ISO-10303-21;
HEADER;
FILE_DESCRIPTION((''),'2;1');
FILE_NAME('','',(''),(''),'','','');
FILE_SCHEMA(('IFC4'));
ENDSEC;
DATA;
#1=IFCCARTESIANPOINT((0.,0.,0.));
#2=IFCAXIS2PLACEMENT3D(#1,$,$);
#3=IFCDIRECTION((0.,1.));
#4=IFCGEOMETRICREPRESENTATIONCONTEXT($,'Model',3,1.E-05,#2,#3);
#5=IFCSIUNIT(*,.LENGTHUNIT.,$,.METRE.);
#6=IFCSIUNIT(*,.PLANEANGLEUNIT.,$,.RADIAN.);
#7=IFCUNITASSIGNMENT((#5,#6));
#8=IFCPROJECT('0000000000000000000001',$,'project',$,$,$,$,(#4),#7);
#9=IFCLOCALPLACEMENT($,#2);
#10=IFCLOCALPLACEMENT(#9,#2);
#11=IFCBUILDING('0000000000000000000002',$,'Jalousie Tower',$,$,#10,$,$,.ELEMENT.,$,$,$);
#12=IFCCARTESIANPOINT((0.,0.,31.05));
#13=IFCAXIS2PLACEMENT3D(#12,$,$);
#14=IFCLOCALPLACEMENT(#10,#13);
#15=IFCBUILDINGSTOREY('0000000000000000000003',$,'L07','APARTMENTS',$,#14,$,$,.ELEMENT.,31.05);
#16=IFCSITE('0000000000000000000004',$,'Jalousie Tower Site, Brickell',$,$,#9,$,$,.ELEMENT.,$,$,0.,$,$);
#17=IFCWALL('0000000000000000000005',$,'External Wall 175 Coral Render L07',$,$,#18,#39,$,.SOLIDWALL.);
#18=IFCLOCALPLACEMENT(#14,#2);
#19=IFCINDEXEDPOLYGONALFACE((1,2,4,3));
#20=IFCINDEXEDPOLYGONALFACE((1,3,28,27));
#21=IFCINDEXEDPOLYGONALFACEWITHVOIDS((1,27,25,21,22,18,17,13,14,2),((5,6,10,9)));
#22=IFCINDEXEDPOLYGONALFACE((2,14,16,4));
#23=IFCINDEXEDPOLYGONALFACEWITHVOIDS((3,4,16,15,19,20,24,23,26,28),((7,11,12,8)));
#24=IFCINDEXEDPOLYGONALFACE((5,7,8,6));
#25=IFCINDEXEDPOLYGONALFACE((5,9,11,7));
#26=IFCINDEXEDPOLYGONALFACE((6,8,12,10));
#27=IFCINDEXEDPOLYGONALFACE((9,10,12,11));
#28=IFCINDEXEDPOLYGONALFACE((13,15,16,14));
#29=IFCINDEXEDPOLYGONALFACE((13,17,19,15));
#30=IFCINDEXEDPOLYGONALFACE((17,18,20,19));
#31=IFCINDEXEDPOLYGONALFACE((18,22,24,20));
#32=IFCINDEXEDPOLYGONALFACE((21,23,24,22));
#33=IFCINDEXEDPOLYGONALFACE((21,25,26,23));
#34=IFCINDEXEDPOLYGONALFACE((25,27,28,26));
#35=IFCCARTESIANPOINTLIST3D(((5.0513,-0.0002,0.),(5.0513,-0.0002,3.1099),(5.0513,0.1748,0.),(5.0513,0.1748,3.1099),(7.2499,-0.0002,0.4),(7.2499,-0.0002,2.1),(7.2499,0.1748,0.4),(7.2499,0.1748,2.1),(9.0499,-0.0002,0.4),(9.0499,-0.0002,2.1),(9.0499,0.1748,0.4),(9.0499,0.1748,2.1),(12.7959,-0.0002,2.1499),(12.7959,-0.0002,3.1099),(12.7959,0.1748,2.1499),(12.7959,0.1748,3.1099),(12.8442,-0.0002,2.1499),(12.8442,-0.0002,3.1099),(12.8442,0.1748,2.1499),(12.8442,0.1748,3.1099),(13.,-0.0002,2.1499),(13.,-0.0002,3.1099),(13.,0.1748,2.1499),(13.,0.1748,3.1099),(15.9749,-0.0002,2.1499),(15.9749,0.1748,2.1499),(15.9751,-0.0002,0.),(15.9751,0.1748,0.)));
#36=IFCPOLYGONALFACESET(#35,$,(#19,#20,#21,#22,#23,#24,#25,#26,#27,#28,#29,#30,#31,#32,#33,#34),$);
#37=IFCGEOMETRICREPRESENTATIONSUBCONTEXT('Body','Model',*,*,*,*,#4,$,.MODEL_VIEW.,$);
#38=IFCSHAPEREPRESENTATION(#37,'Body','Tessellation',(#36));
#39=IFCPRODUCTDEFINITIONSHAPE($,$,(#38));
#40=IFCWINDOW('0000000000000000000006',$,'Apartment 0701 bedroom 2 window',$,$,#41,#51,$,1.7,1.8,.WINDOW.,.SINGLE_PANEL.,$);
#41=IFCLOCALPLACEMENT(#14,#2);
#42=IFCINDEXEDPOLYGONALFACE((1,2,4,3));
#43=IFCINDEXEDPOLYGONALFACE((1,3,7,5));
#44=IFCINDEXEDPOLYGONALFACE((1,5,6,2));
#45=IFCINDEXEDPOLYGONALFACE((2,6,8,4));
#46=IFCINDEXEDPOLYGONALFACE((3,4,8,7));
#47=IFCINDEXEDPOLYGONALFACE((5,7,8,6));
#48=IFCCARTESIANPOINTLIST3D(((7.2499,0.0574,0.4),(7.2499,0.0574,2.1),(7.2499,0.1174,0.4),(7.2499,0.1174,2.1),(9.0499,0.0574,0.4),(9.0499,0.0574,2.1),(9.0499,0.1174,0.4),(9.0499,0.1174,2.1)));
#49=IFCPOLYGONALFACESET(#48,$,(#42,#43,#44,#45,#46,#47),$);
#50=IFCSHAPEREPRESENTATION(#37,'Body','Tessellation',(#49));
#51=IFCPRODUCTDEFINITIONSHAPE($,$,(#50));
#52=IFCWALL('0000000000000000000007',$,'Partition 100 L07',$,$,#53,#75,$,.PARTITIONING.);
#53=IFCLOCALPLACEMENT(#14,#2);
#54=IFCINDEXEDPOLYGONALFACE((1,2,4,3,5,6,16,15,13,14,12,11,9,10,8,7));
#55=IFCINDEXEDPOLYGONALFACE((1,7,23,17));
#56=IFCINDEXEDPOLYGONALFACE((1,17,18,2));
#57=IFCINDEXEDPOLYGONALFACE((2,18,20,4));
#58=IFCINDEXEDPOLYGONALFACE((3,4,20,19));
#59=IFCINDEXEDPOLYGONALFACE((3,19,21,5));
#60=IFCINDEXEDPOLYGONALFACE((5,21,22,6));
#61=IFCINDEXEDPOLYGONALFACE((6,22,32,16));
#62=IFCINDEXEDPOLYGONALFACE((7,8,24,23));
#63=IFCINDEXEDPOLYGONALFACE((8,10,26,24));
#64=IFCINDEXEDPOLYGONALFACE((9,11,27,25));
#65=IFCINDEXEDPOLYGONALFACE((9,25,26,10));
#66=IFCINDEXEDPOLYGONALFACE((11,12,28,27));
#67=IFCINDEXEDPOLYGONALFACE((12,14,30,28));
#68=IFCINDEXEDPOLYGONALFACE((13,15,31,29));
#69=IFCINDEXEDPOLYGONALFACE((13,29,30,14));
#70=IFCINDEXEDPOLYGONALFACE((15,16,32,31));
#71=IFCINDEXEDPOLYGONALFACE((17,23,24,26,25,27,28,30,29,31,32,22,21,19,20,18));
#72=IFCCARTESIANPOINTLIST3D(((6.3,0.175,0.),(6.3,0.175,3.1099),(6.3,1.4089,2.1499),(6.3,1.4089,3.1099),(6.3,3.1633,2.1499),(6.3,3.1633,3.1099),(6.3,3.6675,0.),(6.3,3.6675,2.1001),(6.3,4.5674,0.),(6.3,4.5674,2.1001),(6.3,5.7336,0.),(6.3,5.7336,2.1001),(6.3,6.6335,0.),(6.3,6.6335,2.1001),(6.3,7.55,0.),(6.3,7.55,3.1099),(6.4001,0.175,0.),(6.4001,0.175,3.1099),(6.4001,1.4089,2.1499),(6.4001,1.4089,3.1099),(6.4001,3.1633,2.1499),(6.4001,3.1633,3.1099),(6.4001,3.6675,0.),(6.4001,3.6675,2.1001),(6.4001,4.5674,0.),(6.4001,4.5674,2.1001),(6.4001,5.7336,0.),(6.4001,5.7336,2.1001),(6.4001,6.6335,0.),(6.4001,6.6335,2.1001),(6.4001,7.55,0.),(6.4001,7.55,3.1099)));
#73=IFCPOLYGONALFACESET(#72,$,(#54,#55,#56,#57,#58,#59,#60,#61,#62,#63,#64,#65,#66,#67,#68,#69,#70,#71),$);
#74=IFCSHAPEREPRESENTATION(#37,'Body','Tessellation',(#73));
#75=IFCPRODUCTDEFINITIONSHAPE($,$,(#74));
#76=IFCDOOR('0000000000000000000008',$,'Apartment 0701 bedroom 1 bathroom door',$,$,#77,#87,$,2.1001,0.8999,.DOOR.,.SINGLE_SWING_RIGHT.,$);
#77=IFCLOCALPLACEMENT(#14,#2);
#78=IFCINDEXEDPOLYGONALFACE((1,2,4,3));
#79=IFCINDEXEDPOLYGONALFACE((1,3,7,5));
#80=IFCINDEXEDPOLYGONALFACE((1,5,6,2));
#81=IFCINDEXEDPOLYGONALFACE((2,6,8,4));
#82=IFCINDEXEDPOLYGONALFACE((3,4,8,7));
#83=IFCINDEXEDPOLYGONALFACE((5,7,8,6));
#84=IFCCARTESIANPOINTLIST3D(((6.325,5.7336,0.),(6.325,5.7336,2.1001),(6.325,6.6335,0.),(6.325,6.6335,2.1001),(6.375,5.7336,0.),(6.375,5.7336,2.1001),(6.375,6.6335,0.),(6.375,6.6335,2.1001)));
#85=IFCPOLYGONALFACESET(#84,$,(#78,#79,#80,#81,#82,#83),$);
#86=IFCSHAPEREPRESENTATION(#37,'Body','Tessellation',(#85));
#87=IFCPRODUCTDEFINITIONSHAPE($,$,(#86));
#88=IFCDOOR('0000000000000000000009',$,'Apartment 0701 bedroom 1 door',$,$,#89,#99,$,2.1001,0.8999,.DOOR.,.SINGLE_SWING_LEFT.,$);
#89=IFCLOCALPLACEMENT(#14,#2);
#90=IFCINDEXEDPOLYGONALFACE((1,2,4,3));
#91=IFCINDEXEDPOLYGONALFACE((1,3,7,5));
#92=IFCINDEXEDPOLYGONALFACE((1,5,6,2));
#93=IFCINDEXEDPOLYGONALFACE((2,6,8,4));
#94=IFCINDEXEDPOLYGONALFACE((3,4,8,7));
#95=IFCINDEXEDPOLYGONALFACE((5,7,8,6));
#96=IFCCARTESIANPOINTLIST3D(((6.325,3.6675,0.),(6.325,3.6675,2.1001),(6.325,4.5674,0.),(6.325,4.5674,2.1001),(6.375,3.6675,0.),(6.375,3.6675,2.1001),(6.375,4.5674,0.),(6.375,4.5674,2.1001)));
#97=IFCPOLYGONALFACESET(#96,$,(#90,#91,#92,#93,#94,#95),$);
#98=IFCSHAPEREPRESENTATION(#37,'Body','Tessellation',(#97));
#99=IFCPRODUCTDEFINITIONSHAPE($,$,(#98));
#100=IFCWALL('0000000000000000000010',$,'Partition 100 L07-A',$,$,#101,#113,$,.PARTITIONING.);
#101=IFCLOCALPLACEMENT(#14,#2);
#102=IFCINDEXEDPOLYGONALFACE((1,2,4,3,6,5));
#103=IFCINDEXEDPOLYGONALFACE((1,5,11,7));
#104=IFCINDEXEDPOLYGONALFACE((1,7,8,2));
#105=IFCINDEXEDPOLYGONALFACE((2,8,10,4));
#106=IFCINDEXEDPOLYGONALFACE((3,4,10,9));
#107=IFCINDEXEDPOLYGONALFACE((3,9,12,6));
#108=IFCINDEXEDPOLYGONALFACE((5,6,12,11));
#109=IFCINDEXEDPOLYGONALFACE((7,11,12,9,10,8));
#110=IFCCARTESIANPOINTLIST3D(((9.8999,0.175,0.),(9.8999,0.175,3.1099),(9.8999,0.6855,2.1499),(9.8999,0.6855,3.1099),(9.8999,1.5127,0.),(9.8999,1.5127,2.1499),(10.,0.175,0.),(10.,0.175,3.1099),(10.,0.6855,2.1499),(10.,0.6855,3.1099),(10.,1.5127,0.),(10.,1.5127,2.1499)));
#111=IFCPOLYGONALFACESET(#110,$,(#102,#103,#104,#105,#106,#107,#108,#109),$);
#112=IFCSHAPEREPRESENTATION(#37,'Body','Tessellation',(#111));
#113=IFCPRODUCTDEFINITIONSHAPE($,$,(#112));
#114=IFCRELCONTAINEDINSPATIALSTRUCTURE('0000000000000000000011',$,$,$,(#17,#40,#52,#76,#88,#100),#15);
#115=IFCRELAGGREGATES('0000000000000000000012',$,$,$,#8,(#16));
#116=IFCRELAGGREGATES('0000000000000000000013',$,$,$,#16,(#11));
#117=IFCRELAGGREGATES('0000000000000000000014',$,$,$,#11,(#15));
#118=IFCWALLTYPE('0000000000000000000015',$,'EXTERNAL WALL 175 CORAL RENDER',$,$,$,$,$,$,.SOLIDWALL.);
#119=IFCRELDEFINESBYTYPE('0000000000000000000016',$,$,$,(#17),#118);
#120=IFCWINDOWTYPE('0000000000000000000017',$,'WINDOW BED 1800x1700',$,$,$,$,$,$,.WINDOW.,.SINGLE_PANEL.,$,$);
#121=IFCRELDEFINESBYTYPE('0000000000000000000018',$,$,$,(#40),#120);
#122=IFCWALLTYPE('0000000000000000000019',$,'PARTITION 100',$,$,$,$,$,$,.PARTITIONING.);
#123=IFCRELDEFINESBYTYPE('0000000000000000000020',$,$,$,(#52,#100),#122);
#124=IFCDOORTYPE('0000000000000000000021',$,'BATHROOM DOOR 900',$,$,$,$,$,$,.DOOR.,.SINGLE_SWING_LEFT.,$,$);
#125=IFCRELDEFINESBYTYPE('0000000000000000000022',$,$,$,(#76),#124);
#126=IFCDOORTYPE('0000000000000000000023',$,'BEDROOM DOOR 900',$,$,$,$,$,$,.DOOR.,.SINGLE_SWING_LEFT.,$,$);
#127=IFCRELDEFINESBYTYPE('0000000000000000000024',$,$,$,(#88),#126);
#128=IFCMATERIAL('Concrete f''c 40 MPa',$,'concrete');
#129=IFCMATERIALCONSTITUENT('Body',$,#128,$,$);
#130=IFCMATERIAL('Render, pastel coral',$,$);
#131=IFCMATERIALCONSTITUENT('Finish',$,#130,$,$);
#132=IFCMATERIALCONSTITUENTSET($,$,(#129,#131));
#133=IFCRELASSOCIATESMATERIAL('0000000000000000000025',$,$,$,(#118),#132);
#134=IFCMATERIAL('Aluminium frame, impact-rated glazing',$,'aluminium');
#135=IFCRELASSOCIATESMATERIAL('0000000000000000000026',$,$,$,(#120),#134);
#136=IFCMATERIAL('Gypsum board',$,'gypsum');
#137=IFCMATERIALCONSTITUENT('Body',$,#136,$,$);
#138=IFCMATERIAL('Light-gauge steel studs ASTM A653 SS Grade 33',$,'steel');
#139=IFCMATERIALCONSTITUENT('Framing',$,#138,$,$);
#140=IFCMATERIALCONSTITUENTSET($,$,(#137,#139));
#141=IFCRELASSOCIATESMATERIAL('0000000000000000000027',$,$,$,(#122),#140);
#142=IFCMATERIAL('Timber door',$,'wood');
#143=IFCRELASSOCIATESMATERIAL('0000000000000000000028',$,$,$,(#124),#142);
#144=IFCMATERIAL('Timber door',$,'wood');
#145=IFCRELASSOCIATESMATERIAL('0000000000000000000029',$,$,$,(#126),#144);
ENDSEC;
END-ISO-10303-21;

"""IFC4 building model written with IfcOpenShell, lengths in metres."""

from ifc_helpers import new_model, si_unit, direction, frame, frame_2d, origin, place, context, subcontext, project, spatial, polyline, rectangle, outline, extrude, material, constituent, constituent_set, type_object, element, fill, save


model = new_model("IFC4")

# Units and contexts
model_context = context("Model", 3, precision=1e-05, world=origin(), true_north=direction((0.0, 1.0)))
body_context = subcontext(model_context, "Body", "Model", "MODEL_VIEW")
ifc_project = project(units=[si_unit("LENGTHUNIT", "METRE"), si_unit("PLANEANGLEUNIT", "RADIAN")], contexts=[model_context])

# Site, building, storey
site_placement = place(None, origin())
site = spatial("IfcSite", under=ifc_project, at=site_placement, Name="Jalousie Tower Site, Brickell", CompositionType="ELEMENT", RefElevation=0.0)
building_placement = place(site_placement, origin())
building = spatial("IfcBuilding", under=site, at=building_placement, Name="Jalousie Tower", CompositionType="ELEMENT")
storey_placement = place(building_placement, frame((0.0, 0.0, 31.05)))
storey = spatial("IfcBuildingStorey", under=building, at=storey_placement, Name="L07", Description="APARTMENTS", CompositionType="ELEMENT", Elevation=31.05)

# Wall, opening, window
ifc_material_1 = material(Name="Concrete f'c 40 MPa", Category="concrete")
ifc_constituent_1 = constituent(ifc_material_1, Name="Body")
ifc_material_2 = material(Name="Render, pastel coral")
ifc_constituent_2 = constituent(ifc_material_2, Name="Finish")
ifc_constituent_set_1 = constituent_set(constituents=[ifc_constituent_1, ifc_constituent_2])
wall_type_1 = type_object("IfcWallType", Name="EXTERNAL WALL 175 CORAL RENDER", PredefinedType="SOLIDWALL", material=ifc_constituent_set_1)
wall_1_placement = place(storey_placement, frame((5.0513, 0.0874, 0.0), z_axis=(0.0, 0.0, 1.0), x_axis=(1.0, 0.0, 0.0)))
wall_1 = element("IfcWall", 1, at=wall_1_placement, inside=storey, type_object=wall_type_1, Name="External Wall 175 Coral Render L07", PredefinedType="SOLIDWALL", context=body_context, shape_type="SweptSolid", body=[
    extrude(outline(polyline([(0.0, 0.0), (10.9238, 0.0), (10.9236, 2.1499), (7.9487, 2.1499), (7.9487, 3.1099), (7.793, 3.1099), (7.793, 2.1499), (7.7446, 2.1499), (7.7446, 3.1099), (0.0, 3.1099), (0.0, 0.0)])), frame((0.0, 0.0874, 0.0), z_axis=(0.0, -1.0, 0.0), x_axis=(1.0, 0.0, 0.0)), (0.0, 0.0, 1.0), 0.175),
])
opening_1_placement = place(wall_1_placement, frame((2.1987, 0.0, 0.3999)))
opening_1 = element("IfcOpeningElement", 2, at=opening_1_placement, cuts=wall_1, PredefinedType="OPENING", context=body_context, shape_type="SweptSolid", body=[
    extrude(rectangle(XDim=1.8, YDim=1.7, at=frame_2d((0.8999, 0.8501))), frame((0.0, 0.0974, 0.0), z_axis=(0.0, -1.0, 0.0), x_axis=(1.0, 0.0, 0.0)), (0.0, 0.0, 1.0), 0.1951),
])
ifc_material_3 = material(Name="Aluminium frame, impact-rated glazing", Category="aluminium")
window_type = type_object("IfcWindowType", Name="WINDOW BED 1800x1700", PartitioningType="SINGLE_PANEL", PredefinedType="WINDOW", material=ifc_material_3)
window_placement = place(opening_1_placement, origin())
window = element("IfcWindow", 3, at=window_placement, inside=storey, type_object=window_type, Name="Apartment 0701 bedroom 2 window", OverallHeight=1.7, OverallWidth=1.8, PartitioningType="SINGLE_PANEL", PredefinedType="WINDOW", context=body_context, shape_type="SweptSolid", body=[
    extrude(rectangle(XDim=1.8, YDim=1.7, at=frame_2d((0.8999, 0.8501))), frame((0.0, 0.03, 0.0), z_axis=(0.0, -1.0, 0.0), x_axis=(1.0, 0.0, 0.0)), (0.0, 0.0, 1.0), 0.0601),
])
fill(opening_1, window)

# Wall, openings, doors
ifc_material_4 = material(Name="Gypsum board", Category="gypsum")
ifc_constituent_3 = constituent(ifc_material_4, Name="Body")
ifc_material_5 = material(Name="Light-gauge steel studs ASTM A653 SS Grade 33", Category="steel")
ifc_constituent_4 = constituent(ifc_material_5, Name="Framing")
ifc_constituent_set_2 = constituent_set(constituents=[ifc_constituent_3, ifc_constituent_4])
wall_type_2 = type_object("IfcWallType", Name="PARTITION 100", PredefinedType="PARTITIONING", material=ifc_constituent_set_2)
wall_2_placement = place(storey_placement, frame((6.3501, 0.175, 0.0), z_axis=(0.0, 0.0, 1.0), x_axis=(0.0, 1.0, 0.0)))
wall_2 = element("IfcWall", 4, at=wall_2_placement, inside=storey, type_object=wall_type_2, Name="Partition 100 L07", PredefinedType="PARTITIONING", context=body_context, shape_type="SweptSolid", body=[
    extrude(outline(polyline([(0.0, 0.0), (7.375, 0.0), (7.375, 3.1099), (2.9883, 3.1099), (2.9883, 2.1499), (1.2339, 2.1499), (1.2339, 3.1099), (0.0, 3.1099), (0.0, 0.0)])), frame((0.0, 0.05, 0.0), z_axis=(0.0, -1.0, 0.0), x_axis=(1.0, 0.0, 0.0)), (0.0, 0.0, 1.0), 0.1001),
])
opening_2_placement = place(wall_2_placement, frame((3.4924, 0.0, 0.0)))
opening_2 = element("IfcOpeningElement", 5, at=opening_2_placement, cuts=wall_2, PredefinedType="OPENING", context=body_context, shape_type="SweptSolid", body=[
    extrude(rectangle(XDim=0.8999, YDim=2.1001, at=frame_2d((0.45, 1.05))), frame((0.0, 0.0601, 0.0), z_axis=(0.0, -1.0, 0.0), x_axis=(1.0, 0.0, 0.0)), (0.0, 0.0, 1.0), 0.1201),
])
opening_3_placement = place(wall_2_placement, frame((5.5586, 0.0, 0.0)))
opening_3 = element("IfcOpeningElement", 6, at=opening_3_placement, cuts=wall_2, PredefinedType="OPENING", context=body_context, shape_type="SweptSolid", body=[
    extrude(rectangle(XDim=0.8999, YDim=2.1001, at=frame_2d((0.45, 1.05))), frame((0.0, 0.0601, 0.0), z_axis=(0.0, -1.0, 0.0), x_axis=(1.0, 0.0, 0.0)), (0.0, 0.0, 1.0), 0.1201),
])
ifc_material_6 = material(Name="Timber door", Category="wood")
door_type_1 = type_object("IfcDoorType", Name="BATHROOM DOOR 900", OperationType="SINGLE_SWING_LEFT", PredefinedType="DOOR", material=ifc_material_6)
door_1_placement = place(opening_3_placement, frame((0.8999, 0.0, 0.0), z_axis=(0.0, 0.0, 1.0), x_axis=(-1.0, 0.0, 0.0)))
door_1 = element("IfcDoor", 7, at=door_1_placement, inside=storey, type_object=door_type_1, Name="Apartment 0701 bedroom 1 bathroom door", OperationType="SINGLE_SWING_RIGHT", OverallHeight=2.1001, OverallWidth=0.8999, PredefinedType="DOOR", context=body_context, shape_type="SweptSolid", body=[
    extrude(rectangle(XDim=0.8999, YDim=2.1001, at=frame_2d((0.45, 1.05))), frame((0.0, 0.0249, 0.0), z_axis=(0.0, -1.0, 0.0), x_axis=(1.0, 0.0, 0.0)), (0.0, 0.0, 1.0), 0.05),
])
fill(opening_3, door_1)
ifc_material_7 = material(Name="Timber door", Category="wood")
door_type_2 = type_object("IfcDoorType", Name="BEDROOM DOOR 900", OperationType="SINGLE_SWING_LEFT", PredefinedType="DOOR", material=ifc_material_7)
door_2_placement = place(opening_2_placement, frame((0.8999, 0.0, 0.0), z_axis=(0.0, 0.0, 1.0), x_axis=(-1.0, 0.0, 0.0)))
door_2 = element("IfcDoor", 8, at=door_2_placement, inside=storey, type_object=door_type_2, Name="Apartment 0701 bedroom 1 door", OperationType="SINGLE_SWING_LEFT", OverallHeight=2.1001, OverallWidth=0.8999, PredefinedType="DOOR", context=body_context, shape_type="SweptSolid", body=[
    extrude(rectangle(XDim=0.8999, YDim=2.1001, at=frame_2d((0.45, 1.05))), frame((0.0, 0.0249, 0.0), z_axis=(0.0, -1.0, 0.0), x_axis=(1.0, 0.0, 0.0)), (0.0, 0.0, 1.0), 0.05),
])
fill(opening_2, door_2)

# Wall
wall_3_placement = place(storey_placement, frame((9.95, 0.175, 0.0), z_axis=(0.0, 0.0, 1.0), x_axis=(0.0, 1.0, 0.0)))
element("IfcWall", 9, at=wall_3_placement, inside=storey, type_object=wall_type_2, Name="Partition 100 L07-A", PredefinedType="PARTITIONING", context=body_context, shape_type="SweptSolid", body=[
    extrude(outline(polyline([(0.0, 0.0), (1.3376, 0.0), (1.3376, 2.1499), (0.5105, 2.1499), (0.5105, 3.1099), (0.0, 3.1099), (0.0, 0.0)])), frame((0.0, 0.05, 0.0), z_axis=(0.0, -1.0, 0.0), x_axis=(1.0, 0.0, 0.0)), (0.0, 0.0, 1.0), 0.1001),
])

save(model, "model.ifc")
